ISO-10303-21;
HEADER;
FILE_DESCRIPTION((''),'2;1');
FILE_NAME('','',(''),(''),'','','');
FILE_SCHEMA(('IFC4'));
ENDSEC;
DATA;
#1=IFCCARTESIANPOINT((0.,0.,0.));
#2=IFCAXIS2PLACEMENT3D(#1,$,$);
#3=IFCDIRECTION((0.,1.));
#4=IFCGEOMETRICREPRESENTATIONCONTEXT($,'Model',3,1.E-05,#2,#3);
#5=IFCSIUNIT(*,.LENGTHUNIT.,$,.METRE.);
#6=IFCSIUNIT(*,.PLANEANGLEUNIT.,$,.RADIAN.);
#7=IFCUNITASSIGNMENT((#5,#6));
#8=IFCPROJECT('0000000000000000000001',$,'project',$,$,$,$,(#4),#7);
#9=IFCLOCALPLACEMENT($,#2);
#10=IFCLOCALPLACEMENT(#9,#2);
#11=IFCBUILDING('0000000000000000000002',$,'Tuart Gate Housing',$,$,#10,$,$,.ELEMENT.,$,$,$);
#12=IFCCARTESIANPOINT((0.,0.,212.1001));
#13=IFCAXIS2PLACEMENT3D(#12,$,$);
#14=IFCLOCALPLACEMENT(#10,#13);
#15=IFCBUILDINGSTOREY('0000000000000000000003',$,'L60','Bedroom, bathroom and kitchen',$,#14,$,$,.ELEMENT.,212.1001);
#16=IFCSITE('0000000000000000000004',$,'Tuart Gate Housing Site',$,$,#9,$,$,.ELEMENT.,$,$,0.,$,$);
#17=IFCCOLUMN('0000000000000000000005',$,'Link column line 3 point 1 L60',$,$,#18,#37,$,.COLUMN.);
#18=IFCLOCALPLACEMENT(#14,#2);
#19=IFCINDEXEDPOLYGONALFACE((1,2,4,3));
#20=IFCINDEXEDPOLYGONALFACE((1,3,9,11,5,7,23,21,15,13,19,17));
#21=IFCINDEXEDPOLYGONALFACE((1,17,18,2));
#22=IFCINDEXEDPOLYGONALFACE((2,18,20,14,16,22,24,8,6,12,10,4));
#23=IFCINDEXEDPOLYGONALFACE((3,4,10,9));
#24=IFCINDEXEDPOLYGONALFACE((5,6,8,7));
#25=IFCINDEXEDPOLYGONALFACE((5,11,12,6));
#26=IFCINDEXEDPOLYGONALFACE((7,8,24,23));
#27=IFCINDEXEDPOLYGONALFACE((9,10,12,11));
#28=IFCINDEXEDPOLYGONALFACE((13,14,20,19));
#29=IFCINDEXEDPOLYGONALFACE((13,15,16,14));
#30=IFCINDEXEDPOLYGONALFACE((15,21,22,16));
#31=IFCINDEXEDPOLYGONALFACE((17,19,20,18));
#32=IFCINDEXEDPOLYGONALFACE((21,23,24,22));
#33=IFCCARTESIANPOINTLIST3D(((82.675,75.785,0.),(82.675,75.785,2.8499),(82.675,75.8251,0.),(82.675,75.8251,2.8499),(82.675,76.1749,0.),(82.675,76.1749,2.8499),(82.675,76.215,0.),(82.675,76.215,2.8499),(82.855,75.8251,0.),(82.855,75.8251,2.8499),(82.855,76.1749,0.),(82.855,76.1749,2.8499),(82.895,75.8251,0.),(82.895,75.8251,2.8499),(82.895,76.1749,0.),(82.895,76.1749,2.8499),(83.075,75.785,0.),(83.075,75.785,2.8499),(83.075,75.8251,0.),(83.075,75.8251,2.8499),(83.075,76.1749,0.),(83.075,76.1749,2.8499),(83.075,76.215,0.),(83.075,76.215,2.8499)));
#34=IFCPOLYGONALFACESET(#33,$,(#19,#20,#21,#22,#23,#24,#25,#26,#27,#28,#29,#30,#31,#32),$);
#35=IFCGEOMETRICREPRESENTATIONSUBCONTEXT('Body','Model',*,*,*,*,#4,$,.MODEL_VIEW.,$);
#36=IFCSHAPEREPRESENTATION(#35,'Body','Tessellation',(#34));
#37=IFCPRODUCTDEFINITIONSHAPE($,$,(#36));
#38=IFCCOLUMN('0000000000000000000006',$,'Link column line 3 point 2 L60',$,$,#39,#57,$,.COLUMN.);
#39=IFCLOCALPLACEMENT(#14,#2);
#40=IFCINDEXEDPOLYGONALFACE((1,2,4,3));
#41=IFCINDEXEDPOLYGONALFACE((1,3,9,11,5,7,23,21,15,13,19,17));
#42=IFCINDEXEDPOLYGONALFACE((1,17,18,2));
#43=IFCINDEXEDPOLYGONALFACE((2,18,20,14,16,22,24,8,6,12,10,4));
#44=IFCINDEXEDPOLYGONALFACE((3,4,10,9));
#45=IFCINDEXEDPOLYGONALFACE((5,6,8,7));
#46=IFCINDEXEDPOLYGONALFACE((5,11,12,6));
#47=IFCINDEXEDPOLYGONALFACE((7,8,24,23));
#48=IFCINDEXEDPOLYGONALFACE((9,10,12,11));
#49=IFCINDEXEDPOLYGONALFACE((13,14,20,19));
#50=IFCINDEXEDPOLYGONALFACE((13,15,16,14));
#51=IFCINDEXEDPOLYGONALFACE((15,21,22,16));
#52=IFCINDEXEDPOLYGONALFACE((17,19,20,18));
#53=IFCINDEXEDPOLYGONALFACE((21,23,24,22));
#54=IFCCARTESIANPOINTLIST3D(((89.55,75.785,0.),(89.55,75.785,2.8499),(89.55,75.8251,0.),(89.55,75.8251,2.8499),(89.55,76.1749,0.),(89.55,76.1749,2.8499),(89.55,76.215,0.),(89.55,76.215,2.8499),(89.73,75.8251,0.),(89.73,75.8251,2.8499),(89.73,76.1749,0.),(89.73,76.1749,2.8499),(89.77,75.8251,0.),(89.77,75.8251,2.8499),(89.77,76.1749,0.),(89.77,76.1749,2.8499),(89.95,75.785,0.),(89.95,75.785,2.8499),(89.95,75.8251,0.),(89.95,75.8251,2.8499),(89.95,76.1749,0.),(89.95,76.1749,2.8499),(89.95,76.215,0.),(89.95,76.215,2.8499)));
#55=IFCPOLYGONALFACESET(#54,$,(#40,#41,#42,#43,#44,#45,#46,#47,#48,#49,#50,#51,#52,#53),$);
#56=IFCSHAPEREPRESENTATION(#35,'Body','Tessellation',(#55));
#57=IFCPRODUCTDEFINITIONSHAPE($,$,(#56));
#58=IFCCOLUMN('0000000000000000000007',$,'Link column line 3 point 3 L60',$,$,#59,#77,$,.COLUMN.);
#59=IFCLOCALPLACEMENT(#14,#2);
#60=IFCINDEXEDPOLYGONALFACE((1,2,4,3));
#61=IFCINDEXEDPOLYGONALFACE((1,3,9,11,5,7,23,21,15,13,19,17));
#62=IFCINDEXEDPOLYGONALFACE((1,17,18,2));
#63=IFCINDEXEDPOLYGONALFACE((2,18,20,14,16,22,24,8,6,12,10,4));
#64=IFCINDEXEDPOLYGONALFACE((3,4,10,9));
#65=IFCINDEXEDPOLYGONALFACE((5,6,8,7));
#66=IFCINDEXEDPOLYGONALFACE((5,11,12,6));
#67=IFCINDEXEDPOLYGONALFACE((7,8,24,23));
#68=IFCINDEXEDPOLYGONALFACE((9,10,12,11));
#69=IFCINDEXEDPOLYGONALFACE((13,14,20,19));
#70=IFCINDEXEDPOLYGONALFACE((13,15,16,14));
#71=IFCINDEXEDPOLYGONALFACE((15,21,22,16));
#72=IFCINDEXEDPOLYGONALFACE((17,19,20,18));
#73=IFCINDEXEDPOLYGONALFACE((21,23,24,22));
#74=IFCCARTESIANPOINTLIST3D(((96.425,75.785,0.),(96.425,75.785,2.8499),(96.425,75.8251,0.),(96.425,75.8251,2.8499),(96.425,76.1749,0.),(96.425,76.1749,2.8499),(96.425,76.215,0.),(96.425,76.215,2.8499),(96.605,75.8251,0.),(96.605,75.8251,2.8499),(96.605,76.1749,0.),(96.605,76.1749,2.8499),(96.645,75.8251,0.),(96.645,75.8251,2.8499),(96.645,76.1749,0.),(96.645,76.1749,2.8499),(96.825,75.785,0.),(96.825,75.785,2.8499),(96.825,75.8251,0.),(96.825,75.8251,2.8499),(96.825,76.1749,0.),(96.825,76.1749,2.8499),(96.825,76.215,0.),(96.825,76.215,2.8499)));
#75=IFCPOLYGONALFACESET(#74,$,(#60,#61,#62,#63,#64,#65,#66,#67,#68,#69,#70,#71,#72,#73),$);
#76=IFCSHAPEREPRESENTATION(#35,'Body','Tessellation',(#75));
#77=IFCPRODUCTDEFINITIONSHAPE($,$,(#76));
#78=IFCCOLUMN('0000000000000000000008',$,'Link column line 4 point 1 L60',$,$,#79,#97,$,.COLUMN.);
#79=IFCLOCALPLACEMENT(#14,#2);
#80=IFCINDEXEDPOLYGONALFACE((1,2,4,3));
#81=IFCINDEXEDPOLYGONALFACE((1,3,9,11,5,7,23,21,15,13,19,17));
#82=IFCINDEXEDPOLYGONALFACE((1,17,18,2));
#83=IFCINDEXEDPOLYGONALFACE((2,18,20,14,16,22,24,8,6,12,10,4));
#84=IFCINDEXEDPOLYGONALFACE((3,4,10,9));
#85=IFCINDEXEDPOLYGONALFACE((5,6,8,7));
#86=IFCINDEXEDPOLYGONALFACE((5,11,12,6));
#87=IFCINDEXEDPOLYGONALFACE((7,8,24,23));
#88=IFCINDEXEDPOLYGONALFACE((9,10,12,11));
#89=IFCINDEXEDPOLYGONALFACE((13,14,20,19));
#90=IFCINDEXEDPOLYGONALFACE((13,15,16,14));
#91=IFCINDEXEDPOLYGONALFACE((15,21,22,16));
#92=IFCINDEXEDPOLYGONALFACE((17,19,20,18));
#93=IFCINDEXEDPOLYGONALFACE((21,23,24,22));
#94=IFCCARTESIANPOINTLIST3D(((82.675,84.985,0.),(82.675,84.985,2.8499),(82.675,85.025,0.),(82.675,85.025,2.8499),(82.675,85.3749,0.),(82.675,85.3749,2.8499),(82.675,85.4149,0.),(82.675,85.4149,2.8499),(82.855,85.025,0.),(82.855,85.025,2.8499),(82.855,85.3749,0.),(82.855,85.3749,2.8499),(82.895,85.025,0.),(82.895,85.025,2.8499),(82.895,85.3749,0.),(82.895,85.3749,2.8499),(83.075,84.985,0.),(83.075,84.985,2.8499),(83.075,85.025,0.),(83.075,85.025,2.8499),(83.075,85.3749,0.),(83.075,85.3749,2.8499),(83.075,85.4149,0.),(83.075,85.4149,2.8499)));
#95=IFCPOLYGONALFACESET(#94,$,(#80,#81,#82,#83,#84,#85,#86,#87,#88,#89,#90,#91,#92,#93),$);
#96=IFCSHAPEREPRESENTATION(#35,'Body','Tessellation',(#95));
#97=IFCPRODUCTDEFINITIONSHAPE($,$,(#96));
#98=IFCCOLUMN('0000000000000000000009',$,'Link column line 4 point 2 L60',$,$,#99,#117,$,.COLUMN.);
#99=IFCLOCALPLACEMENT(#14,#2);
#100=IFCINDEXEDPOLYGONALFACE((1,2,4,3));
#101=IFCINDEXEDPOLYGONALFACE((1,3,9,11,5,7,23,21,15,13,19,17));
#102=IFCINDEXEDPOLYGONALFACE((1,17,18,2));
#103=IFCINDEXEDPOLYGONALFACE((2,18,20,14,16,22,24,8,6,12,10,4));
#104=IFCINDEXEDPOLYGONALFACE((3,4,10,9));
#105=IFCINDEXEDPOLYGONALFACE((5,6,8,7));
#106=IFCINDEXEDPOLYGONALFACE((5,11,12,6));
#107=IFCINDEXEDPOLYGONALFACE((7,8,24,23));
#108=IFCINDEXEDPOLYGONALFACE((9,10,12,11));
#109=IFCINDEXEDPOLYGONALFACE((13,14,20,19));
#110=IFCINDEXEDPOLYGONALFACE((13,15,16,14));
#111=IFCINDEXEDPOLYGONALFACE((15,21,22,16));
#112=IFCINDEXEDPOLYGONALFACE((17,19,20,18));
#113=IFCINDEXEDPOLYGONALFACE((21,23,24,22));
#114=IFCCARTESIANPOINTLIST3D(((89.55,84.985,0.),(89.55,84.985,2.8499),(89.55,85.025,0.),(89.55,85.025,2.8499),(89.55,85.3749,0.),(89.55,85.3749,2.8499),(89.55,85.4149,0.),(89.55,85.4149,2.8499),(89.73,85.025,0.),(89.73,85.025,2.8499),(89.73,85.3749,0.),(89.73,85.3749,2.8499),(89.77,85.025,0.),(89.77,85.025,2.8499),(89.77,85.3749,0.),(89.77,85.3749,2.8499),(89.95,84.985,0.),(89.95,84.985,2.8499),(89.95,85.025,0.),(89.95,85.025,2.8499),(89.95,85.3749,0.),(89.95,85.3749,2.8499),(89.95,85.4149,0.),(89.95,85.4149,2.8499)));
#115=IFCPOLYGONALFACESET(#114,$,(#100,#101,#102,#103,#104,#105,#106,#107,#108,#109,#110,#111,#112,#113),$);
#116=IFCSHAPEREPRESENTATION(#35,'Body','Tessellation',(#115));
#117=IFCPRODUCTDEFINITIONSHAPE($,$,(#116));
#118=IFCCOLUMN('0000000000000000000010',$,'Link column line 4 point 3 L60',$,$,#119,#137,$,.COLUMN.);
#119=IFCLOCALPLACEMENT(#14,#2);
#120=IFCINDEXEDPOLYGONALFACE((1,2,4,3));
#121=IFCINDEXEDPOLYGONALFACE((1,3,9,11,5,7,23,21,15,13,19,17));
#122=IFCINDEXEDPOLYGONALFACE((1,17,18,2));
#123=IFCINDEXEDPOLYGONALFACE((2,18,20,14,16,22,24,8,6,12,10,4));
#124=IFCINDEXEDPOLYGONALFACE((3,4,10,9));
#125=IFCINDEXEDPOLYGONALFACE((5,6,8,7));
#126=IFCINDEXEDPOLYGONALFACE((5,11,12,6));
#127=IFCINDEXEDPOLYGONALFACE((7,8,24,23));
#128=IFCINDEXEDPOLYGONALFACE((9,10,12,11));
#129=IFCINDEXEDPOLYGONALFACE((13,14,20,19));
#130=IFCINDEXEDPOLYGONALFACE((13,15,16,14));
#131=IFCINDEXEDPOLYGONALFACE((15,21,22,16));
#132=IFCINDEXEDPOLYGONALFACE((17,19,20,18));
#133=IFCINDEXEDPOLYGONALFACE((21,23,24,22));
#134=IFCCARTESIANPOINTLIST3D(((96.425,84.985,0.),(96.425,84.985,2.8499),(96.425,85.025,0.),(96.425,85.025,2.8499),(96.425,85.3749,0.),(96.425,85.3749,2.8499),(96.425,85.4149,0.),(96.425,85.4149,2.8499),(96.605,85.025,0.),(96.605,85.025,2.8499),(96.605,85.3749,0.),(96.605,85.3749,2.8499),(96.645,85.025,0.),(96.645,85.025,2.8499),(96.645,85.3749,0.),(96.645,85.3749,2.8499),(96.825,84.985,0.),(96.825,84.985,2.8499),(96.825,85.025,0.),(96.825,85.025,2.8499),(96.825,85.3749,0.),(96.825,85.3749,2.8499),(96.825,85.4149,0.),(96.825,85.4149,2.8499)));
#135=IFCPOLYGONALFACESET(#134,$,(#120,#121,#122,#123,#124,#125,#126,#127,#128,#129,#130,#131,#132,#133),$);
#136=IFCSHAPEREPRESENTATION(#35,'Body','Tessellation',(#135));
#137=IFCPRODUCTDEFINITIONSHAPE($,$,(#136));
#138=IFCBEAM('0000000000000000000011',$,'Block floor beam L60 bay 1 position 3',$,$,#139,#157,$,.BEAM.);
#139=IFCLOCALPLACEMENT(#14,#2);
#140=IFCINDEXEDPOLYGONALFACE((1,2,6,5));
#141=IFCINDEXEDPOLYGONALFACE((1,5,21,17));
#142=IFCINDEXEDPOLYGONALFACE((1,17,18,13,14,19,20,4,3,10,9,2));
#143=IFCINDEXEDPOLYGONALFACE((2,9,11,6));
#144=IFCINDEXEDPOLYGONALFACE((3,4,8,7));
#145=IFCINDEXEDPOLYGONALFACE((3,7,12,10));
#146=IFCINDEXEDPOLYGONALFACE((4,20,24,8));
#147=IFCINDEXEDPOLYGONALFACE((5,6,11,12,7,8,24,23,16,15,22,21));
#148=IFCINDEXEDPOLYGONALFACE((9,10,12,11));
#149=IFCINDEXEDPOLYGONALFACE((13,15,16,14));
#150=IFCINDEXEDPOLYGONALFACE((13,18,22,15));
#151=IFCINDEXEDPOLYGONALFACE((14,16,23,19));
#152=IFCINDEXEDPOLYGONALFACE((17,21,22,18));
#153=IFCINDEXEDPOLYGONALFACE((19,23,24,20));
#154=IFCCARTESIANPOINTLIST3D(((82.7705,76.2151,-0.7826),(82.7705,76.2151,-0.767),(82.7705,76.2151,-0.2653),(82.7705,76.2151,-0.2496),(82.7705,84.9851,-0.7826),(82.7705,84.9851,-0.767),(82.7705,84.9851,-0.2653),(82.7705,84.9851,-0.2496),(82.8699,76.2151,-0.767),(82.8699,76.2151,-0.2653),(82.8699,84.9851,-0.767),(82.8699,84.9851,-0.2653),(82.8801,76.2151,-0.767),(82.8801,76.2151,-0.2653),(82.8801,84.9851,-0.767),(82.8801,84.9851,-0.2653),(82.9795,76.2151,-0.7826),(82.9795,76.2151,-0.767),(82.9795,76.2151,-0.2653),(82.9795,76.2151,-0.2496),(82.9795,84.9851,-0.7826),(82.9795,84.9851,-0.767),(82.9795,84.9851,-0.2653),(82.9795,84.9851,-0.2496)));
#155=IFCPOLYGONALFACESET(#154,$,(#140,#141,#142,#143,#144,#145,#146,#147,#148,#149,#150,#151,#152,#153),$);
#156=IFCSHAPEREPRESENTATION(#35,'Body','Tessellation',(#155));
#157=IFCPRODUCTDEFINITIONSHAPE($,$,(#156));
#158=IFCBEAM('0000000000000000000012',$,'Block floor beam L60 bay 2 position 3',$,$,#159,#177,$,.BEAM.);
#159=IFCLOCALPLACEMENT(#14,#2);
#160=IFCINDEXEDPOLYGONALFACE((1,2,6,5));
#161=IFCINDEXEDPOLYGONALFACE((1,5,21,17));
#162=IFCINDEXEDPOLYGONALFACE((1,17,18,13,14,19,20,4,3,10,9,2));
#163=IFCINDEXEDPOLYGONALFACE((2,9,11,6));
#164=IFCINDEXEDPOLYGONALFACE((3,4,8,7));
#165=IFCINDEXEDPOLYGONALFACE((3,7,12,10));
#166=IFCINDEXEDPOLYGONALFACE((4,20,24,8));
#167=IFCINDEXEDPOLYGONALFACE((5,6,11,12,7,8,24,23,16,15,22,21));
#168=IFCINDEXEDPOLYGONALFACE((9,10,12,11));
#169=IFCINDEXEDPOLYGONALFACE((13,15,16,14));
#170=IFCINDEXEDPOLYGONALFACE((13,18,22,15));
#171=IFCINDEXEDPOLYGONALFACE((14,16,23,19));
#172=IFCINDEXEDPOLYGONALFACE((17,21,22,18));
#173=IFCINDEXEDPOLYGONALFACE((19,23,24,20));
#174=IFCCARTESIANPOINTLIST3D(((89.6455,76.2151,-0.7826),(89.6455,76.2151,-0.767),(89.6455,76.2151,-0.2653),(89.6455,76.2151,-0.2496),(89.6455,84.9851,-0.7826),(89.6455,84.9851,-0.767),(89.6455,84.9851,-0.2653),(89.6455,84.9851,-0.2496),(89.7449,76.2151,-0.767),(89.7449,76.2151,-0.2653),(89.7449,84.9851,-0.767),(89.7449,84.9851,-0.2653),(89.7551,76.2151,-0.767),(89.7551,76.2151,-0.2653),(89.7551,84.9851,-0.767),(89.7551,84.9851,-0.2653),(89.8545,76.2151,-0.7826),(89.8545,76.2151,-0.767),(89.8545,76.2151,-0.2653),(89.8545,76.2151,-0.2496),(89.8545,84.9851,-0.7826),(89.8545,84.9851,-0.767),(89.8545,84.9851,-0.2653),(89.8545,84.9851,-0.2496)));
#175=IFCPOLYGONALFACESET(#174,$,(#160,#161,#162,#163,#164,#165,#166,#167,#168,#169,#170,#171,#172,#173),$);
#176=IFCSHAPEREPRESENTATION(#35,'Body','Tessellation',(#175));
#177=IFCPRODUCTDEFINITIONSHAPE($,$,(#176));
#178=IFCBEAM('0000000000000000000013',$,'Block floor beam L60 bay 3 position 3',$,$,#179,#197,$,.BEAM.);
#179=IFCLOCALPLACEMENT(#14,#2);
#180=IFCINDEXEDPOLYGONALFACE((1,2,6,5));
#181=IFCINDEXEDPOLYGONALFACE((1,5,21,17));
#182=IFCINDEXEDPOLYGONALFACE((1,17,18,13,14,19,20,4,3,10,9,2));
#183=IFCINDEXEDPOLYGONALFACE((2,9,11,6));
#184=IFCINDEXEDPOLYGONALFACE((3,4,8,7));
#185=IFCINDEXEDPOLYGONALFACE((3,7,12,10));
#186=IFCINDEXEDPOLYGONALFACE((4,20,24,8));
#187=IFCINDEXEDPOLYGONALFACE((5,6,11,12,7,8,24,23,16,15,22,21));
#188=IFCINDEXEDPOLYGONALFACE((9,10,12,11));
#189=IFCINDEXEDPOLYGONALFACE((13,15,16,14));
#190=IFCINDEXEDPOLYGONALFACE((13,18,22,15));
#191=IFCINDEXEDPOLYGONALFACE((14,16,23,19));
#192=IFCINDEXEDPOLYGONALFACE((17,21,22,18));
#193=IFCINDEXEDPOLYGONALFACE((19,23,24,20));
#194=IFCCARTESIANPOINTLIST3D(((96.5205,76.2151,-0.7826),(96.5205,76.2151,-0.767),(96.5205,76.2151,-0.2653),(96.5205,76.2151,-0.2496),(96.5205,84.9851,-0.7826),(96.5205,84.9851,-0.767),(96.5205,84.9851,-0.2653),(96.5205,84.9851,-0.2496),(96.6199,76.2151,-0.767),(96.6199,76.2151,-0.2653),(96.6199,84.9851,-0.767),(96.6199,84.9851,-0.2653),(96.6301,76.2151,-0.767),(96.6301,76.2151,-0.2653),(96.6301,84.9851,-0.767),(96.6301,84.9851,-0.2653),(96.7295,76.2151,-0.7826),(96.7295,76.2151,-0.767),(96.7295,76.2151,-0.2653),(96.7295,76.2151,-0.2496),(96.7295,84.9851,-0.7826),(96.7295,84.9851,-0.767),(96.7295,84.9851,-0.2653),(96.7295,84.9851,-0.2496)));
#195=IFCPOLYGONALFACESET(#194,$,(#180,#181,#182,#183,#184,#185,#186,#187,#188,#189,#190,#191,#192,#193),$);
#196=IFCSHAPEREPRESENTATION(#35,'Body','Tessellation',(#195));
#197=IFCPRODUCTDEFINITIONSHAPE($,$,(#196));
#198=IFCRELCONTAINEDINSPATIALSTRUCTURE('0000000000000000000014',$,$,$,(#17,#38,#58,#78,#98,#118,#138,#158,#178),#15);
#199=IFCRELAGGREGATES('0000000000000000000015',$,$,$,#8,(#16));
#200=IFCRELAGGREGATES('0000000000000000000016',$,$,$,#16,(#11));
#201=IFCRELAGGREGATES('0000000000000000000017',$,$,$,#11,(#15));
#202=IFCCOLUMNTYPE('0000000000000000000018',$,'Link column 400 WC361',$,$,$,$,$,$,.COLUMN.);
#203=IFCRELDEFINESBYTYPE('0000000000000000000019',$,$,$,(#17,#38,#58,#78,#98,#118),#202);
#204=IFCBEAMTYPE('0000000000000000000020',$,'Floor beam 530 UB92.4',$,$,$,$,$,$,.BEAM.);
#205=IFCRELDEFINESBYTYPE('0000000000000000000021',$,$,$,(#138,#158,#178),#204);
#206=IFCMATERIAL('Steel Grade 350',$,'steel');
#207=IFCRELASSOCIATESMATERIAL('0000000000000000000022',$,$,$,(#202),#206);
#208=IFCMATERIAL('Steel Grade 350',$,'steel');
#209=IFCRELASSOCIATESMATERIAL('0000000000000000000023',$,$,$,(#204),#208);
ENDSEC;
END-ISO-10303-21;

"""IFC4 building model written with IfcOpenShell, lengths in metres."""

from ifc_helpers import new_model, si_unit, direction, frame, origin, origin_2d, place, context, subcontext, project, spatial, i_section, extrude, material, material_profile, profile_set, type_object, element, save


model = new_model("IFC4")

# Units and contexts
model_context = context("Model", 3, precision=1e-05, world=origin(), true_north=direction((0.0, 1.0)))
body_context = subcontext(model_context, "Body", "Model", "MODEL_VIEW")
ifc_project = project(units=[si_unit("LENGTHUNIT", "METRE"), si_unit("PLANEANGLEUNIT", "RADIAN")], contexts=[model_context])

# Site, building, storey
site_placement = place(None, origin())
site = spatial("IfcSite", under=ifc_project, at=site_placement, Name="Tuart Gate Housing Site", CompositionType="ELEMENT", RefElevation=0.0)
building_placement = place(site_placement, origin())
building = spatial("IfcBuilding", under=site, at=building_placement, Name="Tuart Gate Housing", CompositionType="ELEMENT")
storey_placement = place(building_placement, frame((0.0, 0.0, 212.1001)))
storey = spatial("IfcBuildingStorey", under=building, at=storey_placement, Name="L60", Description="Bedroom, bathroom and kitchen", CompositionType="ELEMENT", Elevation=212.1001)

# Columns
ifc_material_1 = material(Name="Steel Grade 350", Category="steel")
ifc_material_profile_1 = material_profile(ifc_material_1, i_section(OverallWidth=0.3999, OverallDepth=0.4299, WebThickness=0.04, FlangeThickness=0.04, at=origin_2d()), Name="400WC361")
ifc_profile_set_1 = profile_set([ifc_material_profile_1], Name="Steel Grade 350")
column_type = type_object("IfcColumnType", Name="Link column 400 WC361", PredefinedType="COLUMN", material=ifc_profile_set_1)
for number, where, z_axis, x_axis, name in (
    (1, (82.875, 76.0, 0.0), (0.0, 0.0, 1.0), (1.0, 0.0, 0.0), "Link column line 3 point 1 L60"),
    (2, (89.75, 76.0, 0.0), (0.0, 0.0, 1.0), (1.0, 0.0, 0.0), "Link column line 3 point 2 L60"),
    (3, (96.625, 76.0, 0.0), (0.0, 0.0, 1.0), (1.0, 0.0, 0.0), "Link column line 3 point 3 L60"),
    (4, (82.875, 85.2, 0.0), (0.0, 0.0, 1.0), (1.0, 0.0, 0.0), "Link column line 4 point 1 L60"),
    (5, (89.75, 85.2, 0.0), (0.0, 0.0, 1.0), (1.0, 0.0, 0.0), "Link column line 4 point 2 L60"),
    (6, (96.625, 85.2, 0.0), (0.0, 0.0, 1.0), (1.0, 0.0, 0.0), "Link column line 4 point 3 L60"),
):
    element("IfcColumn", number, at=place(storey_placement, frame(where, z_axis=z_axis, x_axis=x_axis)), inside=storey, type_object=column_type, Name=name, PredefinedType="COLUMN", context=body_context, shape_type="SweptSolid", body=[
        extrude(i_section(OverallWidth=0.3999, OverallDepth=0.4299, WebThickness=0.04, FlangeThickness=0.04, at=origin_2d()), origin(), (0.0, 0.0, 1.0), 2.8499),
    ])

# Beams
ifc_material_2 = material(Name="Steel Grade 350", Category="steel")
ifc_material_profile_2 = material_profile(ifc_material_2, i_section(OverallWidth=0.209, OverallDepth=0.533, WebThickness=0.0103, FlangeThickness=0.0156, at=origin_2d()), Name="530UB92.4")
ifc_profile_set_2 = profile_set([ifc_material_profile_2], Name="Steel Grade 350")
beam_type = type_object("IfcBeamType", Name="Floor beam 530 UB92.4", PredefinedType="BEAM", material=ifc_profile_set_2)
for number, where, z_axis, x_axis, name in (
    (7, (82.875, 76.2151, -0.5161), (0.0, 1.0, 0.0), (-1.0, 0.0, 0.0), "Block floor beam L60 bay 1 position 3"),
    (8, (89.75, 76.2151, -0.5161), (0.0, 1.0, 0.0), (-1.0, 0.0, 0.0), "Block floor beam L60 bay 2 position 3"),
    (9, (96.625, 76.2151, -0.5161), (0.0, 1.0, 0.0), (-1.0, 0.0, 0.0), "Block floor beam L60 bay 3 position 3"),
):
    element("IfcBeam", number, at=place(storey_placement, frame(where, z_axis=z_axis, x_axis=x_axis)), inside=storey, type_object=beam_type, Name=name, PredefinedType="BEAM", context=body_context, shape_type="SweptSolid", body=[
        extrude(i_section(OverallWidth=0.209, OverallDepth=0.533, WebThickness=0.0103, FlangeThickness=0.0156, at=origin_2d()), origin(), (0.0, 0.0, 1.0), 8.77),
    ])

save(model, "model.ifc")
